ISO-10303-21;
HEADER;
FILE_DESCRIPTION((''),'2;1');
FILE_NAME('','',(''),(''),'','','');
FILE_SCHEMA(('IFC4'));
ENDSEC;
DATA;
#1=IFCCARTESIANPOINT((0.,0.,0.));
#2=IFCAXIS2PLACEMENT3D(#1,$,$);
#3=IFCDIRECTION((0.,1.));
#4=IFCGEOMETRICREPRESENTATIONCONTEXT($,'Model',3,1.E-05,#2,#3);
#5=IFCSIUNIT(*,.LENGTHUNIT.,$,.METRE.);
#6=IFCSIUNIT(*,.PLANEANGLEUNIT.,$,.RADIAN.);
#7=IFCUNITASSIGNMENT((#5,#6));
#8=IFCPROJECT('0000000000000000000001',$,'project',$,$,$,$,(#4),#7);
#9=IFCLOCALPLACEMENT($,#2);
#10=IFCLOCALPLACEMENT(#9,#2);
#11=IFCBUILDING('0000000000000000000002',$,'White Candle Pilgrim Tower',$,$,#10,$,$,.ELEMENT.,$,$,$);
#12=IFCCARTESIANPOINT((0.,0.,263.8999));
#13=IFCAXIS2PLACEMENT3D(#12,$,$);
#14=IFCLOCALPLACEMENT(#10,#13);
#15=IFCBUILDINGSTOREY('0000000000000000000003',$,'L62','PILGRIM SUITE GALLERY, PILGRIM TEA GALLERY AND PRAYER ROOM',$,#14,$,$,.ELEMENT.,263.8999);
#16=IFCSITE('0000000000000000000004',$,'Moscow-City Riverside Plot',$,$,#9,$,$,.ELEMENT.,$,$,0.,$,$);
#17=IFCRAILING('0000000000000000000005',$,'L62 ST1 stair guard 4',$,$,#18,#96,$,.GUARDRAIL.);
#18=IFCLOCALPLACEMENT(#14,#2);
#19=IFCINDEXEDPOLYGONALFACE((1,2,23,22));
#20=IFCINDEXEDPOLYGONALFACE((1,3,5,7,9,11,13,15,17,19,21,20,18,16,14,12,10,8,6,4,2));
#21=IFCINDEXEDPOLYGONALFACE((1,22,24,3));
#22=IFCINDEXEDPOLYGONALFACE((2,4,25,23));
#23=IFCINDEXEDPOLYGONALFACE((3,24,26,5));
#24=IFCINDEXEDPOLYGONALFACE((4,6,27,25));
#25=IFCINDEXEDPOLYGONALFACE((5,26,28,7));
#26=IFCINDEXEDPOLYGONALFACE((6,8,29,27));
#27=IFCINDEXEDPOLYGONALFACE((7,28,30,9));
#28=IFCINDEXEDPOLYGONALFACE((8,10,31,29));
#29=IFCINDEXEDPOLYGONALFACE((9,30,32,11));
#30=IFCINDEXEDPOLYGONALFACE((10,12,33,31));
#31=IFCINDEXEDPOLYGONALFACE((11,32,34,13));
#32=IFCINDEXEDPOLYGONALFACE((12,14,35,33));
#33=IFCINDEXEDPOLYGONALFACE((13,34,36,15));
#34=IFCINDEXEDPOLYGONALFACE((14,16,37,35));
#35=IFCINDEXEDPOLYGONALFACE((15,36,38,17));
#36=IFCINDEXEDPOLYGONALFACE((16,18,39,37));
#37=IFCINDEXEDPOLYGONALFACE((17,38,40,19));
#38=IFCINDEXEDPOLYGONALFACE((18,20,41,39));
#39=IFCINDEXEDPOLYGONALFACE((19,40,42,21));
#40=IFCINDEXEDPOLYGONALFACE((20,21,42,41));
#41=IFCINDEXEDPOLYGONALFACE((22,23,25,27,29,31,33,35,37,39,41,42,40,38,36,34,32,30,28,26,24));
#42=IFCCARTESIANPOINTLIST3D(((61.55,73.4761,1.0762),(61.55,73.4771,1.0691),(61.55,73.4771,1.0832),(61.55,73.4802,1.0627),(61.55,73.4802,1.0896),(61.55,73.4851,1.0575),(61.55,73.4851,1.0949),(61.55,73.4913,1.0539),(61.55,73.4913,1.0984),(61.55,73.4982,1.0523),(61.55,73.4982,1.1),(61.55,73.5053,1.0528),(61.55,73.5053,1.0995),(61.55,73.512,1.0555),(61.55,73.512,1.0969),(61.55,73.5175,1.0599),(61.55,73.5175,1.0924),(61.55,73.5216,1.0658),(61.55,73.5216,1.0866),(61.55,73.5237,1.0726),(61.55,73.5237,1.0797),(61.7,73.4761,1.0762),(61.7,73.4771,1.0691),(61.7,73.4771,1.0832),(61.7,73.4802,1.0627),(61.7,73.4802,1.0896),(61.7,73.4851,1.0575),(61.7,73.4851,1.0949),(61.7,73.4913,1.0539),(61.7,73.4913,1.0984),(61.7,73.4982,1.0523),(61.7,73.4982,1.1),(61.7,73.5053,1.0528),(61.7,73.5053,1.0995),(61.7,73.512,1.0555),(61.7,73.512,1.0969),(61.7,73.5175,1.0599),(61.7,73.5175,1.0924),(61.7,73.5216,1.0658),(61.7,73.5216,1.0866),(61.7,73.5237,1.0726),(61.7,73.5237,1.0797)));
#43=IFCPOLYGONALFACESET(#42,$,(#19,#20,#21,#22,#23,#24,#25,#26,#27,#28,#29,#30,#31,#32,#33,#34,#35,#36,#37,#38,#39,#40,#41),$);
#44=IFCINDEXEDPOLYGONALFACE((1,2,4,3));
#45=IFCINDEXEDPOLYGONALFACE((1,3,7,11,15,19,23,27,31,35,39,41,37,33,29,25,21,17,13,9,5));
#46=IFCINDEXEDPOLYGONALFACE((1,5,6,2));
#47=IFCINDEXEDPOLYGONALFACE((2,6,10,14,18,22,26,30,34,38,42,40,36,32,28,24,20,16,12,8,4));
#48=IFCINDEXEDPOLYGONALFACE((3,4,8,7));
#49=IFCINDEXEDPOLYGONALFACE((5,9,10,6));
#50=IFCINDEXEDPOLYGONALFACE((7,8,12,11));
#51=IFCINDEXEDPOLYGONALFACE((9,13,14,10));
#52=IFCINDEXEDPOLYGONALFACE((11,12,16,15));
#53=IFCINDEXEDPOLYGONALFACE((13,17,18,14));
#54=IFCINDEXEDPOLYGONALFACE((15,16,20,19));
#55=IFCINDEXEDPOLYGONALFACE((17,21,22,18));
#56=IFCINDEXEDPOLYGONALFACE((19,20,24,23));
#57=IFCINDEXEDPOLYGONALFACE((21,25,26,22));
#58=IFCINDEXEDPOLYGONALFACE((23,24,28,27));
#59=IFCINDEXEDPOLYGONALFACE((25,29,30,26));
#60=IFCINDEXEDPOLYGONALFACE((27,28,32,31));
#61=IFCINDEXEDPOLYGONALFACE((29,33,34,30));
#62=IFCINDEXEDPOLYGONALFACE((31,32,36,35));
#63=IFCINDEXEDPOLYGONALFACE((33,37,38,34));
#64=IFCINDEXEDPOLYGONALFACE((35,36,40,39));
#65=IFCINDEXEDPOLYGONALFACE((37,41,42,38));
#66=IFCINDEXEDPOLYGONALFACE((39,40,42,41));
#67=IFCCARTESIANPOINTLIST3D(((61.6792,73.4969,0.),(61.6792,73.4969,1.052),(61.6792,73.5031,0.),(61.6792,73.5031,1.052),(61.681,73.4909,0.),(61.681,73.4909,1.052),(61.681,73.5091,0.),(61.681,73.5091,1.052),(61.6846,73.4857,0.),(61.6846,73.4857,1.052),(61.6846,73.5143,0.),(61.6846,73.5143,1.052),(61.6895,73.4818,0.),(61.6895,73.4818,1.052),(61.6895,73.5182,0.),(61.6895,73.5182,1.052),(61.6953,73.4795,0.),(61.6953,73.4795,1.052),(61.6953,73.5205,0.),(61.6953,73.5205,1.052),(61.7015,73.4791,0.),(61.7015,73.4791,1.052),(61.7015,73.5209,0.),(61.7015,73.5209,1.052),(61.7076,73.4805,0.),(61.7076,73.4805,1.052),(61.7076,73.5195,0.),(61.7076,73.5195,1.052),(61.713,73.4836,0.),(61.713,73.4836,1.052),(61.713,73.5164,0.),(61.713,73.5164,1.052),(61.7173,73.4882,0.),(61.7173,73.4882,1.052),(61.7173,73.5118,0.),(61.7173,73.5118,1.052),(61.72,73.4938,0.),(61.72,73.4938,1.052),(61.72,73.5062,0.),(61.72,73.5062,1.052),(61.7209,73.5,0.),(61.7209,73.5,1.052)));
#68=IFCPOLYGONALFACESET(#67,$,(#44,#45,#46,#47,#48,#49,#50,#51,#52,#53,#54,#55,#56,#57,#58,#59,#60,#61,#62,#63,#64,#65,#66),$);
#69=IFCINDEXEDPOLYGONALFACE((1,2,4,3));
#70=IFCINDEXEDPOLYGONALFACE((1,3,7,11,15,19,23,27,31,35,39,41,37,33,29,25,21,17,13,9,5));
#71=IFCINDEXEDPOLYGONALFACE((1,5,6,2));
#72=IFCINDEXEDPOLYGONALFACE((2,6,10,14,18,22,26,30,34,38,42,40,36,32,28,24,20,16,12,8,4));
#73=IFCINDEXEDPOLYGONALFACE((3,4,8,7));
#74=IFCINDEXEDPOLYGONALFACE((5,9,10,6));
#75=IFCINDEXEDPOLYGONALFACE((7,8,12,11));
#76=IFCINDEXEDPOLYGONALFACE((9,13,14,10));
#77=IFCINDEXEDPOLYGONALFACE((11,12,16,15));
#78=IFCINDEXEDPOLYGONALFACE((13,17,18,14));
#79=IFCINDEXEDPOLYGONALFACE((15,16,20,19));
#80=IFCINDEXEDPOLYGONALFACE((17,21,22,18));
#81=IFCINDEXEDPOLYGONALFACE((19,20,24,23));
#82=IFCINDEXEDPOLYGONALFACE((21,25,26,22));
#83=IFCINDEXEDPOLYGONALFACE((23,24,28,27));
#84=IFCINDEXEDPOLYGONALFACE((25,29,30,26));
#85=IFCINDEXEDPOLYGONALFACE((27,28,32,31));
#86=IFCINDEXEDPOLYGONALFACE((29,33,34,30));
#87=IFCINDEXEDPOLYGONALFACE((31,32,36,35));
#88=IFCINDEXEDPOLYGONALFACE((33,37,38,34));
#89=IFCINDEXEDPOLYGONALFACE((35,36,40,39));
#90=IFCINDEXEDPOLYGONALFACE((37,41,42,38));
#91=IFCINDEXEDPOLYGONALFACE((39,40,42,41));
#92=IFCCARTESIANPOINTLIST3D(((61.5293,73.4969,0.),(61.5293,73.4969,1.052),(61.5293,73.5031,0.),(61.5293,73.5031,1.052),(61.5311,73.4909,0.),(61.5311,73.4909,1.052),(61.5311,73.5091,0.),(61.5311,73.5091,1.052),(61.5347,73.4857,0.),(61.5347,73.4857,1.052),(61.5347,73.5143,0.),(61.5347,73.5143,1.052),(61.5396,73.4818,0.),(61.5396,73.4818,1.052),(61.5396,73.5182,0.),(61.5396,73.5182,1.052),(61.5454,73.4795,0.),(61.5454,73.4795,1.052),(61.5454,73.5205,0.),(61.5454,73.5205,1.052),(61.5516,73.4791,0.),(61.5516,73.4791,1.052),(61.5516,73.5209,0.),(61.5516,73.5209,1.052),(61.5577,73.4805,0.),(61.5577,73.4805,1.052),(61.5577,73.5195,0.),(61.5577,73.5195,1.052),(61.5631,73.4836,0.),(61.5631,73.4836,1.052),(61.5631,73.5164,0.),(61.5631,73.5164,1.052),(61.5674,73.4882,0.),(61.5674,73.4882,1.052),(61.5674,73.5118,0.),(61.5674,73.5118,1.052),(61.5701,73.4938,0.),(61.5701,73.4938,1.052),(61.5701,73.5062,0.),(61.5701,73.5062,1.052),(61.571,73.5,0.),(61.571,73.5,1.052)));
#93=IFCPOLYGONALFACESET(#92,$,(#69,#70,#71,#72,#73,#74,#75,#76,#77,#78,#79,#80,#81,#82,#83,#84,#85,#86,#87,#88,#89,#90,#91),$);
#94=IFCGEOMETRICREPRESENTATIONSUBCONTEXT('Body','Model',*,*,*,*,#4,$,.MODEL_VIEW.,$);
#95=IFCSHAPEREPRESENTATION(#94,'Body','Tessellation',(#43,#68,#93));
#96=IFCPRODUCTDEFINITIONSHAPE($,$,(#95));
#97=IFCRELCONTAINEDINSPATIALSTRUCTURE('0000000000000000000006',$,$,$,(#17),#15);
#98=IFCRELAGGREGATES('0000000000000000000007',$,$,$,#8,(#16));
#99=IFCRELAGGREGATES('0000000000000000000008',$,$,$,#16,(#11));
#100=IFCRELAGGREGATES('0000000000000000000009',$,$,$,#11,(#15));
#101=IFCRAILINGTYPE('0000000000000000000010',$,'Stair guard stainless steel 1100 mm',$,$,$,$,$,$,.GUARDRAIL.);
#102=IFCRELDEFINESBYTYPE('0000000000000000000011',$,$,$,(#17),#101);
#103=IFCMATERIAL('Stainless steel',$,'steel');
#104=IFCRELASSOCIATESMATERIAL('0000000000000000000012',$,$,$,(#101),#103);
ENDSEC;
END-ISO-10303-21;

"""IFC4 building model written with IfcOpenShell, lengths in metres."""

from ifc_helpers import new_model, si_unit, direction, frame, origin, origin_2d, place, context, subcontext, project, spatial, circle, extrude, material, type_object, element, save


model = new_model("IFC4")

# Units and contexts
model_context = context("Model", 3, precision=1e-05, world=origin(), true_north=direction((0.0, 1.0)))
body_context = subcontext(model_context, "Body", "Model", "MODEL_VIEW")
ifc_project = project(units=[si_unit("LENGTHUNIT", "METRE"), si_unit("PLANEANGLEUNIT", "RADIAN")], contexts=[model_context])

# Site, building, storey
site_placement = place(None, origin())
site = spatial("IfcSite", under=ifc_project, at=site_placement, Name="Moscow-City Riverside Plot", CompositionType="ELEMENT", RefElevation=0.0)
building_placement = place(site_placement, origin())
building = spatial("IfcBuilding", under=site, at=building_placement, Name="White Candle Pilgrim Tower", CompositionType="ELEMENT")
storey_placement = place(building_placement, frame((0.0, 0.0, 263.8999)))
storey = spatial("IfcBuildingStorey", under=building, at=storey_placement, Name="L62", Description="PILGRIM SUITE GALLERY, PILGRIM TEA GALLERY AND PRAYER ROOM", CompositionType="ELEMENT", Elevation=263.8999)

# Railing
ifc_material_1 = material(Name="Stainless steel", Category="steel")
railing_type_1 = type_object("IfcRailingType", Name="Stair guard stainless steel 1100 mm", PredefinedType="GUARDRAIL", material=ifc_material_1)
railing_1_placement = place(storey_placement, frame((61.7, 73.5, 0.0)))
element("IfcRailing", 1, at=railing_1_placement, inside=storey, type_object=railing_type_1, Name="L62 ST1 stair guard 4", PredefinedType="GUARDRAIL", context=body_context, shape_type="SweptSolid", body=[
    extrude(circle(Radius=0.0239, at=origin_2d()), frame((0.0, 0.0, 1.0762), z_axis=(-1.0, 0.0, 0.0), x_axis=(0.0, -1.0, 0.0)), (0.0, 0.0, 1.0), 0.1499),
    extrude(circle(Radius=0.021, at=origin_2d()), origin(), (0.0, 0.0, 1.0), 1.052),
    extrude(circle(Radius=0.021, at=origin_2d()), frame((-0.1499, 0.0, 0.0)), (0.0, 0.0, 1.0), 1.052),
])

save(model, "model.ifc")
